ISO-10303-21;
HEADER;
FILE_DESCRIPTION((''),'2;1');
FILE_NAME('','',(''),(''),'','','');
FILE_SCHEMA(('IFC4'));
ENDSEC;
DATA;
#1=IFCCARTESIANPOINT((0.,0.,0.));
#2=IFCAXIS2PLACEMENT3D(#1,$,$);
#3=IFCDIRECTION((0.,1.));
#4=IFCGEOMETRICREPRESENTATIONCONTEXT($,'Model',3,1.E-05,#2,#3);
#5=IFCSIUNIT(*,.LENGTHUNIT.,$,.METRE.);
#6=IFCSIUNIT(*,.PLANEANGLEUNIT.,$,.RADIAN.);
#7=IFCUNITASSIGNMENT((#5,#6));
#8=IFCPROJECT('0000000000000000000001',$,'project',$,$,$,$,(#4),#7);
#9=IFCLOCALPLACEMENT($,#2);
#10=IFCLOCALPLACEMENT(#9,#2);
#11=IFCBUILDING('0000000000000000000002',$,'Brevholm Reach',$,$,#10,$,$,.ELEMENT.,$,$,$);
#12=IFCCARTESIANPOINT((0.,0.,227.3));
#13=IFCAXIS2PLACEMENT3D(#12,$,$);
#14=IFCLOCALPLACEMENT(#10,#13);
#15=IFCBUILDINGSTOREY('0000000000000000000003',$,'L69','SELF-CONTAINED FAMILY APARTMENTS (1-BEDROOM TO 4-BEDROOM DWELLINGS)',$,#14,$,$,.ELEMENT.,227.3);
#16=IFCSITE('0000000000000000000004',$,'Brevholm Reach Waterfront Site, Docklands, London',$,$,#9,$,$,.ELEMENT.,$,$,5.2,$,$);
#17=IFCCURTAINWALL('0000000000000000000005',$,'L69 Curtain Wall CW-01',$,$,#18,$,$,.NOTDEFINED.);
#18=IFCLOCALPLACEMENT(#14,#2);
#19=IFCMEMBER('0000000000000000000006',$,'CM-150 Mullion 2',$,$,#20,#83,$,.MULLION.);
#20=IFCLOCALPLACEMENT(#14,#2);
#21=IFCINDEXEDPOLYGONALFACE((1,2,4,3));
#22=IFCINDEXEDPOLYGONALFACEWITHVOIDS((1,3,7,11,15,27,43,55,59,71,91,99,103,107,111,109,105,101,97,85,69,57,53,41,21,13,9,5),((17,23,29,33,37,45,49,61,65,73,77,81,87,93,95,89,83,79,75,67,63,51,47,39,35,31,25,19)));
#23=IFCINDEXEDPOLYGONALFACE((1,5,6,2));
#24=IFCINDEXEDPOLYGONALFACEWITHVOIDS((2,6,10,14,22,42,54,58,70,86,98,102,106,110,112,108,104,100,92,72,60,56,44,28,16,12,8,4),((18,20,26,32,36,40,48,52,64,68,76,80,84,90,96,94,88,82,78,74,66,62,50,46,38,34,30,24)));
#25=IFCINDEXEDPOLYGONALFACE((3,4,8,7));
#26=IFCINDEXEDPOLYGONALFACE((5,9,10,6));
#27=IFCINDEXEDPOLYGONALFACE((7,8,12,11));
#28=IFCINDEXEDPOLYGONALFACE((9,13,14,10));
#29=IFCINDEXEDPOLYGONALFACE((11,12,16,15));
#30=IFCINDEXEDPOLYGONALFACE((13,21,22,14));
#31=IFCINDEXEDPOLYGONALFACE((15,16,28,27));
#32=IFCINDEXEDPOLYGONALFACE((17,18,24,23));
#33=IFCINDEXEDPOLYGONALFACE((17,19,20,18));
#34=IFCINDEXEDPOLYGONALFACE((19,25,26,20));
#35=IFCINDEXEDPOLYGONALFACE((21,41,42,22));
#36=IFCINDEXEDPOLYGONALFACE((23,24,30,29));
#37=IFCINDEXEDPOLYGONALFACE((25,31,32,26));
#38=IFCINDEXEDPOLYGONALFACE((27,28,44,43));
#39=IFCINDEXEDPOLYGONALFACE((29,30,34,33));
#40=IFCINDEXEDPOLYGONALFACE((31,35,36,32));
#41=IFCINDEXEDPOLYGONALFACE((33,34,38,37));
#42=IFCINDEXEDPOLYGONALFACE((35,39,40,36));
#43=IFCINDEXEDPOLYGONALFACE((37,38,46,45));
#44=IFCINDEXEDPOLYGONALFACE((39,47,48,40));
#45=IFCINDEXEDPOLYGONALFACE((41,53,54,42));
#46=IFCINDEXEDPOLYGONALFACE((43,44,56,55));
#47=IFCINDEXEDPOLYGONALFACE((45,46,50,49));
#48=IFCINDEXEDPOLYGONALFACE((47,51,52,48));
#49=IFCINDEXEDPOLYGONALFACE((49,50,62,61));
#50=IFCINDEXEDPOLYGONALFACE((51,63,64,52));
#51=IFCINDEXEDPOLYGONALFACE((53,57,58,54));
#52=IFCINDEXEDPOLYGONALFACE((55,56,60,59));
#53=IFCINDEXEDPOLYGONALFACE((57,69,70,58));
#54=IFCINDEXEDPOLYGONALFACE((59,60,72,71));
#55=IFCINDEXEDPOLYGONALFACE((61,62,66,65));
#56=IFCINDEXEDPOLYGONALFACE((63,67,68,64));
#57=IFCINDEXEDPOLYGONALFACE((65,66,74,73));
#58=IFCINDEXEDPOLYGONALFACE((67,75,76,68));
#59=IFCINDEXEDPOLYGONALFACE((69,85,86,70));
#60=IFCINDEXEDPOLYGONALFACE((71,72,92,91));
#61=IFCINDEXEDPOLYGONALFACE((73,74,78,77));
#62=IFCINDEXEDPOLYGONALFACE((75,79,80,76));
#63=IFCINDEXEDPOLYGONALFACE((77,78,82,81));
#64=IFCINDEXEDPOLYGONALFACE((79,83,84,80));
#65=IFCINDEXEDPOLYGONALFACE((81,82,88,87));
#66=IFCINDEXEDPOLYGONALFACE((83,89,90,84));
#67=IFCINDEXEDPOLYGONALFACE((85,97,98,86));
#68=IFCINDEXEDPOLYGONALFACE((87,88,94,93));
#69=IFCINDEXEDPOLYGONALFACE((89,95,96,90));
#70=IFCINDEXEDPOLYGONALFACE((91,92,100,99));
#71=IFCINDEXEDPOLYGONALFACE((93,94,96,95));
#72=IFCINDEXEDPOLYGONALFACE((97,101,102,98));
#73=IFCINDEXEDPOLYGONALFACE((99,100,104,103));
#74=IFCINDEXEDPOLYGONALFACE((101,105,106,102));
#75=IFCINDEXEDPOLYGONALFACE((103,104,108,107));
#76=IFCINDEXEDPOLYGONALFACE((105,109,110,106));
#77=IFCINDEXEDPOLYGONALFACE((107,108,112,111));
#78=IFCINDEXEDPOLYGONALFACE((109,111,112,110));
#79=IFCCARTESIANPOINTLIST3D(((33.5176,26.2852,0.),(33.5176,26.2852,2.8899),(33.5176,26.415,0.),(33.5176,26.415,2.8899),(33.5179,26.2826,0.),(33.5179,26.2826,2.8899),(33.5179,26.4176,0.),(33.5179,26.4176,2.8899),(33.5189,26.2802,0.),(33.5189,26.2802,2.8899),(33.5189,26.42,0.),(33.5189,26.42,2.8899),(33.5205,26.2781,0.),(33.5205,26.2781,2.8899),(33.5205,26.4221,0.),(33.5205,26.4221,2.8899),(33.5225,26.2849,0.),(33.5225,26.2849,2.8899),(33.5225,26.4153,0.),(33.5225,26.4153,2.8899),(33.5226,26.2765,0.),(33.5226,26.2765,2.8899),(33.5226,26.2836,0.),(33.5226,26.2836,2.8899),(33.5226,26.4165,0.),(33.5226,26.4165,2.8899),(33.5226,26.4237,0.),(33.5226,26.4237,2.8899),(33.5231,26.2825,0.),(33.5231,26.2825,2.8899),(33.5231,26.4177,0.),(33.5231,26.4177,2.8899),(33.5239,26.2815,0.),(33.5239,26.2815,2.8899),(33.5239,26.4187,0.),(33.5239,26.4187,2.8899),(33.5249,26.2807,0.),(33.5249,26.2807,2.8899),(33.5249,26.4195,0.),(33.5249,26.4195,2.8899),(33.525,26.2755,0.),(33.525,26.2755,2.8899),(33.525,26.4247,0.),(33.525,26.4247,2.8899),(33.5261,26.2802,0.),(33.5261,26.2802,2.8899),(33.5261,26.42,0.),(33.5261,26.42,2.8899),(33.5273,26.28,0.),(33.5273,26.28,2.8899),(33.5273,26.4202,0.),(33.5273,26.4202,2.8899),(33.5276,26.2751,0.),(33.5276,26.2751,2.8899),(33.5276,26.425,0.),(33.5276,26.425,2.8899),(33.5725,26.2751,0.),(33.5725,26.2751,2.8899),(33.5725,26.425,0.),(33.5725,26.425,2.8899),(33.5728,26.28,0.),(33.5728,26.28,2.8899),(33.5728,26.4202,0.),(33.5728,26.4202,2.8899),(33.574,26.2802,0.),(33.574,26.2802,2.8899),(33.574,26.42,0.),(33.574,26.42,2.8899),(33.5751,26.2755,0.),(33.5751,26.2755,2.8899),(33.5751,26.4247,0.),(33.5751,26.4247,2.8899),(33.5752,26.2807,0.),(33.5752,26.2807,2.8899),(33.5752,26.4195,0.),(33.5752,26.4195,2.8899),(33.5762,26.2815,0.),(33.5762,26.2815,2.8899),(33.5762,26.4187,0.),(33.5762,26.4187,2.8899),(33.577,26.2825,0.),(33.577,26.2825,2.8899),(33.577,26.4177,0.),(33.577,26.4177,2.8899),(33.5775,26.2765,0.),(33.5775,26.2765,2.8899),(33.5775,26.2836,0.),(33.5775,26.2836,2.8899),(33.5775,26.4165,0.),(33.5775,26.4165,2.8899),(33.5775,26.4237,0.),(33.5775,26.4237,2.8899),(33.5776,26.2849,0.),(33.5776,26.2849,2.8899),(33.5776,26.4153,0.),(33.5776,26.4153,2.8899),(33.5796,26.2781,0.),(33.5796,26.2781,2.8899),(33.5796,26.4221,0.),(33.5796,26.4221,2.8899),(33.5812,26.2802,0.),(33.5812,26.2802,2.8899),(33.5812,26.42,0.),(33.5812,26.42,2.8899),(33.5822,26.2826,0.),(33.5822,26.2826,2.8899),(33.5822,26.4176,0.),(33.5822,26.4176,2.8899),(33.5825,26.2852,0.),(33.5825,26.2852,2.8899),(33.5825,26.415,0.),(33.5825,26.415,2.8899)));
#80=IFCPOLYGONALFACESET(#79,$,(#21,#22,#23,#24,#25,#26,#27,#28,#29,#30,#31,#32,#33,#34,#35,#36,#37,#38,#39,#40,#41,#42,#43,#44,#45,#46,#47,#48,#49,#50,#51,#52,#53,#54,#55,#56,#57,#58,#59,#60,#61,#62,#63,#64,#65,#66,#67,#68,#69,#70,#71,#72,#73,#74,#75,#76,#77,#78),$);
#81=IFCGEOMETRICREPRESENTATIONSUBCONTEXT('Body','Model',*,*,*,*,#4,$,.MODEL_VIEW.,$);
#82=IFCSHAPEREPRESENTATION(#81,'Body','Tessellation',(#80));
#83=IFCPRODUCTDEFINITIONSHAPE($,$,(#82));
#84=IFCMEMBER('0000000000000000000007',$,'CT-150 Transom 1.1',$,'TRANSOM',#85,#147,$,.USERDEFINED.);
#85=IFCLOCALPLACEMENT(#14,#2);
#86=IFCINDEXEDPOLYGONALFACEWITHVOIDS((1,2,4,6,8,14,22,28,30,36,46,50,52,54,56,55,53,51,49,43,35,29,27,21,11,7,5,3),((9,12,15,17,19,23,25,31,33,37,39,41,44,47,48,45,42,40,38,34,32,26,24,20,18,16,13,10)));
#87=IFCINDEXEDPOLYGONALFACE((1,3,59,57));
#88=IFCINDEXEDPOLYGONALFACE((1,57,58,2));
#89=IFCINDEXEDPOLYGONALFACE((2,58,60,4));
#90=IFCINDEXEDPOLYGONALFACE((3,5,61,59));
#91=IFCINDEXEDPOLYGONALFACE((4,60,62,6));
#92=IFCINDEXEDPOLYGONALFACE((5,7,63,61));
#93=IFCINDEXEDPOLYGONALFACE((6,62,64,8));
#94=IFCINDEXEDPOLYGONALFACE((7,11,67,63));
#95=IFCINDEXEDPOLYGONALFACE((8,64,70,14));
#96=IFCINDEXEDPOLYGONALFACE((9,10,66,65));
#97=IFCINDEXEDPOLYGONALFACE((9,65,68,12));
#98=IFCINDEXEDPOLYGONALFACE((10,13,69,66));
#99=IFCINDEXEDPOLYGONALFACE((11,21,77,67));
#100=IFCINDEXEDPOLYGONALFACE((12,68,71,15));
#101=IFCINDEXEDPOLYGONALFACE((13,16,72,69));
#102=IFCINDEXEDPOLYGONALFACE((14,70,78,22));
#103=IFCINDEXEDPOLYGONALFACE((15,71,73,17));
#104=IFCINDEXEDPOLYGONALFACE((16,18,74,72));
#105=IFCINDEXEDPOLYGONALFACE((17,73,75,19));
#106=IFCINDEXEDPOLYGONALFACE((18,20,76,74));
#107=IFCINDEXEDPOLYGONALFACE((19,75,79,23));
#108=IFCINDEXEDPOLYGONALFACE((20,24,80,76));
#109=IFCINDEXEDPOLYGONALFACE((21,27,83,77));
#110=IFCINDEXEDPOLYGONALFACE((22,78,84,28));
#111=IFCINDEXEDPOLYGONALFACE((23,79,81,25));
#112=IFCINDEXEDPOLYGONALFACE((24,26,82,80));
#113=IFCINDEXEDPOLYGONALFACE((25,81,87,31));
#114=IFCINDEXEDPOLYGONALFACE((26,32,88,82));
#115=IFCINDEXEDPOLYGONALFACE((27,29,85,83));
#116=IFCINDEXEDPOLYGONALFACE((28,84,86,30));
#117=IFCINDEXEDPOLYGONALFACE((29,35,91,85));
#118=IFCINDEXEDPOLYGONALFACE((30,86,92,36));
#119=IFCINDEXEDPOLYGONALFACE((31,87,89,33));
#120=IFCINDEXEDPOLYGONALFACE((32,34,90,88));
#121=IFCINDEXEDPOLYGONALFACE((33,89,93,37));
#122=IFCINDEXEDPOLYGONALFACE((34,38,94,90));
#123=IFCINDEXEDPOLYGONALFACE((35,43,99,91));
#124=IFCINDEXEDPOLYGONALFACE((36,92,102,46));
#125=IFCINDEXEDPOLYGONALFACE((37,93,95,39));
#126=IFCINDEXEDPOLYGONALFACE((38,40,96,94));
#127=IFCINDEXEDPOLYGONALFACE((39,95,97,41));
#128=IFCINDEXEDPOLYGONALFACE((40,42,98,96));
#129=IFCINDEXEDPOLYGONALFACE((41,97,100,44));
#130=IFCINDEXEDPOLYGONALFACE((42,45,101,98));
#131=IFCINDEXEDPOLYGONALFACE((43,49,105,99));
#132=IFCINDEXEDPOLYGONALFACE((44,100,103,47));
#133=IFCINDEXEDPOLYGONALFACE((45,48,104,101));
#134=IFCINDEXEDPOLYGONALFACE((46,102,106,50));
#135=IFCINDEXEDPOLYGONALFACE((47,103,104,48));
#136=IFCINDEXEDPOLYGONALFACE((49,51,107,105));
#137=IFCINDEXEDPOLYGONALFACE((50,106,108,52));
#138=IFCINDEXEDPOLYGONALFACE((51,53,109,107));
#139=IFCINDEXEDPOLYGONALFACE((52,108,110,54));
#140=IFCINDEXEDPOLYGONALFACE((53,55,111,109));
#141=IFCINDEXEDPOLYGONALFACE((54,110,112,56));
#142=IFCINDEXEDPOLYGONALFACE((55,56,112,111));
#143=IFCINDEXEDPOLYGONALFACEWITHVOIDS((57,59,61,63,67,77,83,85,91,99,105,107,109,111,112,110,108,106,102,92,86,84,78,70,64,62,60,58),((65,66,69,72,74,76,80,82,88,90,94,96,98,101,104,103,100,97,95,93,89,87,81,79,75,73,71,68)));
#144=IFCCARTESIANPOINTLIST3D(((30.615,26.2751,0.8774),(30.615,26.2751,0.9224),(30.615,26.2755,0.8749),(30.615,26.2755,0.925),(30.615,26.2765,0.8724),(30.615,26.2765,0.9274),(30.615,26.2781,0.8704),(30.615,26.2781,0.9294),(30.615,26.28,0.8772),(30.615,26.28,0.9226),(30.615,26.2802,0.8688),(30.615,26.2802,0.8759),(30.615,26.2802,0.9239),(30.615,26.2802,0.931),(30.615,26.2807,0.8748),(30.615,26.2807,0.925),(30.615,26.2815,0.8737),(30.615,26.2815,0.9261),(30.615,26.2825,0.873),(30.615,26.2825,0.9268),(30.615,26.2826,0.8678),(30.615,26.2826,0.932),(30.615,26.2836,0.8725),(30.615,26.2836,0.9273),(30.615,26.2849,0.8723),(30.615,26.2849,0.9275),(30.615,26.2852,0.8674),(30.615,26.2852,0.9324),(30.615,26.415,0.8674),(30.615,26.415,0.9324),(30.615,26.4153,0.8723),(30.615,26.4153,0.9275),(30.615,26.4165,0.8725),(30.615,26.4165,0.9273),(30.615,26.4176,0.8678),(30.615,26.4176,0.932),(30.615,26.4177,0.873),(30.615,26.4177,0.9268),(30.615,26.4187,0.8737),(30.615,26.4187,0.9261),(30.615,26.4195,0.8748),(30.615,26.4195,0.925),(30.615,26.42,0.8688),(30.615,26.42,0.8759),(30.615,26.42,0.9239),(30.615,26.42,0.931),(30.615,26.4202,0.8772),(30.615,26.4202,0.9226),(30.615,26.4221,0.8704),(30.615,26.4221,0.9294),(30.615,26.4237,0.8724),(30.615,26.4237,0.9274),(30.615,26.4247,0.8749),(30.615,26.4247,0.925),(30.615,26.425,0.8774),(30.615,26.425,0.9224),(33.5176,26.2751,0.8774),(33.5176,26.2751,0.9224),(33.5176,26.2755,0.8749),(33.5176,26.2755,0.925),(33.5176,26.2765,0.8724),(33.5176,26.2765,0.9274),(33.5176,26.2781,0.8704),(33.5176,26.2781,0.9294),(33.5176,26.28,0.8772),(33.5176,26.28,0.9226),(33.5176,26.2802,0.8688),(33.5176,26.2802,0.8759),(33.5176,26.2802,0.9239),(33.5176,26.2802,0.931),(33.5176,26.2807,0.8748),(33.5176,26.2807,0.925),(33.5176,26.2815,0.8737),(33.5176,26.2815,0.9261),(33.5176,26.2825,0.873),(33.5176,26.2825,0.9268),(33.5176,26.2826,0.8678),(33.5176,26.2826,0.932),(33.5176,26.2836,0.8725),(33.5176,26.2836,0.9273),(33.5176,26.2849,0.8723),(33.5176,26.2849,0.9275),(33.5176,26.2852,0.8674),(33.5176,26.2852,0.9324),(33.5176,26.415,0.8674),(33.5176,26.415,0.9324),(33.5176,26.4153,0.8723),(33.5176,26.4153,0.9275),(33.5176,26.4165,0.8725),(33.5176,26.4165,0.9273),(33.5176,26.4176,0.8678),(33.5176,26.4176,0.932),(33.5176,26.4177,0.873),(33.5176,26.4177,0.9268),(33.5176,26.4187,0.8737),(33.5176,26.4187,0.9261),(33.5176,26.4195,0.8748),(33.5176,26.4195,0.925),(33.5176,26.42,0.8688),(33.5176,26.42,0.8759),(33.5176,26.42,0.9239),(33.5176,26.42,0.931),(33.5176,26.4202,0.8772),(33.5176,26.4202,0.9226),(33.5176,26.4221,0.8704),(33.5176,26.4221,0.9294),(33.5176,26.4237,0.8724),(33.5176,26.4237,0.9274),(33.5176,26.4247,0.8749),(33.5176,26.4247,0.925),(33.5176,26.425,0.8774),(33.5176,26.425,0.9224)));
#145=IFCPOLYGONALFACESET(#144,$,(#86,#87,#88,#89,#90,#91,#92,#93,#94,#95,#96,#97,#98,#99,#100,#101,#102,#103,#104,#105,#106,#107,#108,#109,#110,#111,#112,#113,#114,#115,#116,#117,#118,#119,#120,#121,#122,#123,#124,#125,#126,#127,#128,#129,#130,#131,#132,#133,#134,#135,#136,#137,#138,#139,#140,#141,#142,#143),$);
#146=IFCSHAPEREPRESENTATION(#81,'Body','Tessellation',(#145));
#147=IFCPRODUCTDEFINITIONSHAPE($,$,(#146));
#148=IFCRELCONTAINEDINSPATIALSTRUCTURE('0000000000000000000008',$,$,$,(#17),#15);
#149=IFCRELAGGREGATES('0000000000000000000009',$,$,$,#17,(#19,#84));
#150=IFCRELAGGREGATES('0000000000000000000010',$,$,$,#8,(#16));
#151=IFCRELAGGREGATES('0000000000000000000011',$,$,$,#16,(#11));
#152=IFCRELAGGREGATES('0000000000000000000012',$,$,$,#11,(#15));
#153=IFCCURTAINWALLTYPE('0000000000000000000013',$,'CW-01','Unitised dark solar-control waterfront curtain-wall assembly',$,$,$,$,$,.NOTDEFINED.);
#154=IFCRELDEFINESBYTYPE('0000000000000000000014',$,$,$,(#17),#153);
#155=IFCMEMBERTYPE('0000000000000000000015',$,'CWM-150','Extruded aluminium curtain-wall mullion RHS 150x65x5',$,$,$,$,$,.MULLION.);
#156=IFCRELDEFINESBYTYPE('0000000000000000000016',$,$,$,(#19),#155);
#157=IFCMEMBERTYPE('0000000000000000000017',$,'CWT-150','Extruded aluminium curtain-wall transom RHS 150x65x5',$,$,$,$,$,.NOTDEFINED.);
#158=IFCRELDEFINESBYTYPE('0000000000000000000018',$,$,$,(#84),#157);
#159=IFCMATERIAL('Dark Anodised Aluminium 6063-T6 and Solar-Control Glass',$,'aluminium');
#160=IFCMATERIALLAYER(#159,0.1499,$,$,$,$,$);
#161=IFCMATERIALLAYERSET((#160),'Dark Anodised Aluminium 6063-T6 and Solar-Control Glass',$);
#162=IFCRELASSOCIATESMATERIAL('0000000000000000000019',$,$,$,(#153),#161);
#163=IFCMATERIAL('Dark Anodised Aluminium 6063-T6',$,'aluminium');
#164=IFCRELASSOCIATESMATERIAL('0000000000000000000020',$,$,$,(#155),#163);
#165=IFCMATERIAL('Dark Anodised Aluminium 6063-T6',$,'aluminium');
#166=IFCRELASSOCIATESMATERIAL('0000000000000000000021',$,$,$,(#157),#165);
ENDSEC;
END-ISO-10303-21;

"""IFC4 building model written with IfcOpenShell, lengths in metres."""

from ifc_helpers import new_model, si_unit, direction, frame, origin, origin_2d, place, context, subcontext, project, spatial, hollow_rectangle, extrude, material, layer, layer_set, material_profile, profile_set, type_object, element, aggregate, save


model = new_model("IFC4")

# Units and contexts
model_context = context("Model", 3, precision=1e-05, world=origin(), true_north=direction((0.0, 1.0)))
body_context = subcontext(model_context, "Body", "Model", "MODEL_VIEW")
ifc_project = project(units=[si_unit("LENGTHUNIT", "METRE"), si_unit("PLANEANGLEUNIT", "RADIAN")], contexts=[model_context])

# Site, building, storey
site_placement = place(None, origin())
site = spatial("IfcSite", under=ifc_project, at=site_placement, Name="Brevholm Reach Waterfront Site, Docklands, London", CompositionType="ELEMENT", RefElevation=5.2)
building_placement = place(site_placement, origin())
building = spatial("IfcBuilding", under=site, at=building_placement, Name="Brevholm Reach", CompositionType="ELEMENT")
storey_placement = place(building_placement, frame((0.0, 0.0, 227.3)))
storey = spatial("IfcBuildingStorey", under=building, at=storey_placement, Name="L69", Description="SELF-CONTAINED FAMILY APARTMENTS (1-BEDROOM TO 4-BEDROOM DWELLINGS)", CompositionType="ELEMENT", Elevation=227.3)

# Curtain wall, members
ifc_material_1 = material(Name="Dark Anodised Aluminium 6063-T6 and Solar-Control Glass", Category="aluminium")
ifc_layer_1 = layer(ifc_material_1, 0.1499)
ifc_layer_set_1 = layer_set([ifc_layer_1], Name="Dark Anodised Aluminium 6063-T6 and Solar-Control Glass")
curtain_wall_type = type_object("IfcCurtainWallType", Name="CW-01", Description="Unitised dark solar-control waterfront curtain-wall assembly", PredefinedType="NOTDEFINED", material=ifc_layer_set_1)
curtain_wall_placement = place(storey_placement, origin())
curtain_wall = element("IfcCurtainWall", 1, at=curtain_wall_placement, inside=storey, type_object=curtain_wall_type, Name="L69 Curtain Wall CW-01", PredefinedType="NOTDEFINED")
ifc_material_2 = material(Name="Dark Anodised Aluminium 6063-T6", Category="aluminium")
ifc_material_profile_1 = material_profile(ifc_material_2, hollow_rectangle(XDim=0.0649, YDim=0.1499, WallThickness=0.0049, InnerFilletRadius=0.0049, OuterFilletRadius=0.01, at=origin_2d()), Name="RHS 150x65x5")
ifc_profile_set_1 = profile_set([ifc_material_profile_1], Name="Dark Anodised Aluminium 6063-T6")
member_type_1 = type_object("IfcMemberType", Name="CWM-150", Description="Extruded aluminium curtain-wall mullion RHS 150x65x5", PredefinedType="MULLION", material=ifc_profile_set_1)
member_1_placement = place(storey_placement, frame((33.55, 26.3501, 0.0), z_axis=(0.0, 0.0, 1.0), x_axis=(1.0, 0.0, 0.0)))
member_1 = element("IfcMember", 2, at=member_1_placement, type_object=member_type_1, Name="CM-150 Mullion 2", PredefinedType="MULLION", context=body_context, shape_type="SweptSolid", body=[
    extrude(hollow_rectangle(XDim=0.0649, YDim=0.1499, WallThickness=0.0049, InnerFilletRadius=0.0049, OuterFilletRadius=0.01, at=origin_2d()), origin(), (0.0, 0.0, 1.0), 2.8899),
])
ifc_material_3 = material(Name="Dark Anodised Aluminium 6063-T6", Category="aluminium")
ifc_material_profile_2 = material_profile(ifc_material_3, hollow_rectangle(XDim=0.0649, YDim=0.1499, WallThickness=0.0049, InnerFilletRadius=0.0049, OuterFilletRadius=0.01, at=origin_2d()), Name="RHS 150x65x5")
ifc_profile_set_2 = profile_set([ifc_material_profile_2], Name="Dark Anodised Aluminium 6063-T6")
member_type_2 = type_object("IfcMemberType", Name="CWT-150", Description="Extruded aluminium curtain-wall transom RHS 150x65x5", PredefinedType="NOTDEFINED", material=ifc_profile_set_2)
member_2_placement = place(storey_placement, frame((30.615, 26.3501, 0.8999), z_axis=(1.0, 0.0, 0.0), x_axis=(0.0, 0.0, 1.0)))
member_2 = element("IfcMember", 3, at=member_2_placement, type_object=member_type_2, Name="CT-150 Transom 1.1", ObjectType="TRANSOM", PredefinedType="USERDEFINED", context=body_context, shape_type="SweptSolid", body=[
    extrude(hollow_rectangle(XDim=0.0649, YDim=0.1499, WallThickness=0.0049, InnerFilletRadius=0.0049, OuterFilletRadius=0.01, at=origin_2d()), origin(), (0.0, 0.0, 1.0), 2.9026),
])
aggregate(curtain_wall, [member_1, member_2])

save(model, "model.ifc")
